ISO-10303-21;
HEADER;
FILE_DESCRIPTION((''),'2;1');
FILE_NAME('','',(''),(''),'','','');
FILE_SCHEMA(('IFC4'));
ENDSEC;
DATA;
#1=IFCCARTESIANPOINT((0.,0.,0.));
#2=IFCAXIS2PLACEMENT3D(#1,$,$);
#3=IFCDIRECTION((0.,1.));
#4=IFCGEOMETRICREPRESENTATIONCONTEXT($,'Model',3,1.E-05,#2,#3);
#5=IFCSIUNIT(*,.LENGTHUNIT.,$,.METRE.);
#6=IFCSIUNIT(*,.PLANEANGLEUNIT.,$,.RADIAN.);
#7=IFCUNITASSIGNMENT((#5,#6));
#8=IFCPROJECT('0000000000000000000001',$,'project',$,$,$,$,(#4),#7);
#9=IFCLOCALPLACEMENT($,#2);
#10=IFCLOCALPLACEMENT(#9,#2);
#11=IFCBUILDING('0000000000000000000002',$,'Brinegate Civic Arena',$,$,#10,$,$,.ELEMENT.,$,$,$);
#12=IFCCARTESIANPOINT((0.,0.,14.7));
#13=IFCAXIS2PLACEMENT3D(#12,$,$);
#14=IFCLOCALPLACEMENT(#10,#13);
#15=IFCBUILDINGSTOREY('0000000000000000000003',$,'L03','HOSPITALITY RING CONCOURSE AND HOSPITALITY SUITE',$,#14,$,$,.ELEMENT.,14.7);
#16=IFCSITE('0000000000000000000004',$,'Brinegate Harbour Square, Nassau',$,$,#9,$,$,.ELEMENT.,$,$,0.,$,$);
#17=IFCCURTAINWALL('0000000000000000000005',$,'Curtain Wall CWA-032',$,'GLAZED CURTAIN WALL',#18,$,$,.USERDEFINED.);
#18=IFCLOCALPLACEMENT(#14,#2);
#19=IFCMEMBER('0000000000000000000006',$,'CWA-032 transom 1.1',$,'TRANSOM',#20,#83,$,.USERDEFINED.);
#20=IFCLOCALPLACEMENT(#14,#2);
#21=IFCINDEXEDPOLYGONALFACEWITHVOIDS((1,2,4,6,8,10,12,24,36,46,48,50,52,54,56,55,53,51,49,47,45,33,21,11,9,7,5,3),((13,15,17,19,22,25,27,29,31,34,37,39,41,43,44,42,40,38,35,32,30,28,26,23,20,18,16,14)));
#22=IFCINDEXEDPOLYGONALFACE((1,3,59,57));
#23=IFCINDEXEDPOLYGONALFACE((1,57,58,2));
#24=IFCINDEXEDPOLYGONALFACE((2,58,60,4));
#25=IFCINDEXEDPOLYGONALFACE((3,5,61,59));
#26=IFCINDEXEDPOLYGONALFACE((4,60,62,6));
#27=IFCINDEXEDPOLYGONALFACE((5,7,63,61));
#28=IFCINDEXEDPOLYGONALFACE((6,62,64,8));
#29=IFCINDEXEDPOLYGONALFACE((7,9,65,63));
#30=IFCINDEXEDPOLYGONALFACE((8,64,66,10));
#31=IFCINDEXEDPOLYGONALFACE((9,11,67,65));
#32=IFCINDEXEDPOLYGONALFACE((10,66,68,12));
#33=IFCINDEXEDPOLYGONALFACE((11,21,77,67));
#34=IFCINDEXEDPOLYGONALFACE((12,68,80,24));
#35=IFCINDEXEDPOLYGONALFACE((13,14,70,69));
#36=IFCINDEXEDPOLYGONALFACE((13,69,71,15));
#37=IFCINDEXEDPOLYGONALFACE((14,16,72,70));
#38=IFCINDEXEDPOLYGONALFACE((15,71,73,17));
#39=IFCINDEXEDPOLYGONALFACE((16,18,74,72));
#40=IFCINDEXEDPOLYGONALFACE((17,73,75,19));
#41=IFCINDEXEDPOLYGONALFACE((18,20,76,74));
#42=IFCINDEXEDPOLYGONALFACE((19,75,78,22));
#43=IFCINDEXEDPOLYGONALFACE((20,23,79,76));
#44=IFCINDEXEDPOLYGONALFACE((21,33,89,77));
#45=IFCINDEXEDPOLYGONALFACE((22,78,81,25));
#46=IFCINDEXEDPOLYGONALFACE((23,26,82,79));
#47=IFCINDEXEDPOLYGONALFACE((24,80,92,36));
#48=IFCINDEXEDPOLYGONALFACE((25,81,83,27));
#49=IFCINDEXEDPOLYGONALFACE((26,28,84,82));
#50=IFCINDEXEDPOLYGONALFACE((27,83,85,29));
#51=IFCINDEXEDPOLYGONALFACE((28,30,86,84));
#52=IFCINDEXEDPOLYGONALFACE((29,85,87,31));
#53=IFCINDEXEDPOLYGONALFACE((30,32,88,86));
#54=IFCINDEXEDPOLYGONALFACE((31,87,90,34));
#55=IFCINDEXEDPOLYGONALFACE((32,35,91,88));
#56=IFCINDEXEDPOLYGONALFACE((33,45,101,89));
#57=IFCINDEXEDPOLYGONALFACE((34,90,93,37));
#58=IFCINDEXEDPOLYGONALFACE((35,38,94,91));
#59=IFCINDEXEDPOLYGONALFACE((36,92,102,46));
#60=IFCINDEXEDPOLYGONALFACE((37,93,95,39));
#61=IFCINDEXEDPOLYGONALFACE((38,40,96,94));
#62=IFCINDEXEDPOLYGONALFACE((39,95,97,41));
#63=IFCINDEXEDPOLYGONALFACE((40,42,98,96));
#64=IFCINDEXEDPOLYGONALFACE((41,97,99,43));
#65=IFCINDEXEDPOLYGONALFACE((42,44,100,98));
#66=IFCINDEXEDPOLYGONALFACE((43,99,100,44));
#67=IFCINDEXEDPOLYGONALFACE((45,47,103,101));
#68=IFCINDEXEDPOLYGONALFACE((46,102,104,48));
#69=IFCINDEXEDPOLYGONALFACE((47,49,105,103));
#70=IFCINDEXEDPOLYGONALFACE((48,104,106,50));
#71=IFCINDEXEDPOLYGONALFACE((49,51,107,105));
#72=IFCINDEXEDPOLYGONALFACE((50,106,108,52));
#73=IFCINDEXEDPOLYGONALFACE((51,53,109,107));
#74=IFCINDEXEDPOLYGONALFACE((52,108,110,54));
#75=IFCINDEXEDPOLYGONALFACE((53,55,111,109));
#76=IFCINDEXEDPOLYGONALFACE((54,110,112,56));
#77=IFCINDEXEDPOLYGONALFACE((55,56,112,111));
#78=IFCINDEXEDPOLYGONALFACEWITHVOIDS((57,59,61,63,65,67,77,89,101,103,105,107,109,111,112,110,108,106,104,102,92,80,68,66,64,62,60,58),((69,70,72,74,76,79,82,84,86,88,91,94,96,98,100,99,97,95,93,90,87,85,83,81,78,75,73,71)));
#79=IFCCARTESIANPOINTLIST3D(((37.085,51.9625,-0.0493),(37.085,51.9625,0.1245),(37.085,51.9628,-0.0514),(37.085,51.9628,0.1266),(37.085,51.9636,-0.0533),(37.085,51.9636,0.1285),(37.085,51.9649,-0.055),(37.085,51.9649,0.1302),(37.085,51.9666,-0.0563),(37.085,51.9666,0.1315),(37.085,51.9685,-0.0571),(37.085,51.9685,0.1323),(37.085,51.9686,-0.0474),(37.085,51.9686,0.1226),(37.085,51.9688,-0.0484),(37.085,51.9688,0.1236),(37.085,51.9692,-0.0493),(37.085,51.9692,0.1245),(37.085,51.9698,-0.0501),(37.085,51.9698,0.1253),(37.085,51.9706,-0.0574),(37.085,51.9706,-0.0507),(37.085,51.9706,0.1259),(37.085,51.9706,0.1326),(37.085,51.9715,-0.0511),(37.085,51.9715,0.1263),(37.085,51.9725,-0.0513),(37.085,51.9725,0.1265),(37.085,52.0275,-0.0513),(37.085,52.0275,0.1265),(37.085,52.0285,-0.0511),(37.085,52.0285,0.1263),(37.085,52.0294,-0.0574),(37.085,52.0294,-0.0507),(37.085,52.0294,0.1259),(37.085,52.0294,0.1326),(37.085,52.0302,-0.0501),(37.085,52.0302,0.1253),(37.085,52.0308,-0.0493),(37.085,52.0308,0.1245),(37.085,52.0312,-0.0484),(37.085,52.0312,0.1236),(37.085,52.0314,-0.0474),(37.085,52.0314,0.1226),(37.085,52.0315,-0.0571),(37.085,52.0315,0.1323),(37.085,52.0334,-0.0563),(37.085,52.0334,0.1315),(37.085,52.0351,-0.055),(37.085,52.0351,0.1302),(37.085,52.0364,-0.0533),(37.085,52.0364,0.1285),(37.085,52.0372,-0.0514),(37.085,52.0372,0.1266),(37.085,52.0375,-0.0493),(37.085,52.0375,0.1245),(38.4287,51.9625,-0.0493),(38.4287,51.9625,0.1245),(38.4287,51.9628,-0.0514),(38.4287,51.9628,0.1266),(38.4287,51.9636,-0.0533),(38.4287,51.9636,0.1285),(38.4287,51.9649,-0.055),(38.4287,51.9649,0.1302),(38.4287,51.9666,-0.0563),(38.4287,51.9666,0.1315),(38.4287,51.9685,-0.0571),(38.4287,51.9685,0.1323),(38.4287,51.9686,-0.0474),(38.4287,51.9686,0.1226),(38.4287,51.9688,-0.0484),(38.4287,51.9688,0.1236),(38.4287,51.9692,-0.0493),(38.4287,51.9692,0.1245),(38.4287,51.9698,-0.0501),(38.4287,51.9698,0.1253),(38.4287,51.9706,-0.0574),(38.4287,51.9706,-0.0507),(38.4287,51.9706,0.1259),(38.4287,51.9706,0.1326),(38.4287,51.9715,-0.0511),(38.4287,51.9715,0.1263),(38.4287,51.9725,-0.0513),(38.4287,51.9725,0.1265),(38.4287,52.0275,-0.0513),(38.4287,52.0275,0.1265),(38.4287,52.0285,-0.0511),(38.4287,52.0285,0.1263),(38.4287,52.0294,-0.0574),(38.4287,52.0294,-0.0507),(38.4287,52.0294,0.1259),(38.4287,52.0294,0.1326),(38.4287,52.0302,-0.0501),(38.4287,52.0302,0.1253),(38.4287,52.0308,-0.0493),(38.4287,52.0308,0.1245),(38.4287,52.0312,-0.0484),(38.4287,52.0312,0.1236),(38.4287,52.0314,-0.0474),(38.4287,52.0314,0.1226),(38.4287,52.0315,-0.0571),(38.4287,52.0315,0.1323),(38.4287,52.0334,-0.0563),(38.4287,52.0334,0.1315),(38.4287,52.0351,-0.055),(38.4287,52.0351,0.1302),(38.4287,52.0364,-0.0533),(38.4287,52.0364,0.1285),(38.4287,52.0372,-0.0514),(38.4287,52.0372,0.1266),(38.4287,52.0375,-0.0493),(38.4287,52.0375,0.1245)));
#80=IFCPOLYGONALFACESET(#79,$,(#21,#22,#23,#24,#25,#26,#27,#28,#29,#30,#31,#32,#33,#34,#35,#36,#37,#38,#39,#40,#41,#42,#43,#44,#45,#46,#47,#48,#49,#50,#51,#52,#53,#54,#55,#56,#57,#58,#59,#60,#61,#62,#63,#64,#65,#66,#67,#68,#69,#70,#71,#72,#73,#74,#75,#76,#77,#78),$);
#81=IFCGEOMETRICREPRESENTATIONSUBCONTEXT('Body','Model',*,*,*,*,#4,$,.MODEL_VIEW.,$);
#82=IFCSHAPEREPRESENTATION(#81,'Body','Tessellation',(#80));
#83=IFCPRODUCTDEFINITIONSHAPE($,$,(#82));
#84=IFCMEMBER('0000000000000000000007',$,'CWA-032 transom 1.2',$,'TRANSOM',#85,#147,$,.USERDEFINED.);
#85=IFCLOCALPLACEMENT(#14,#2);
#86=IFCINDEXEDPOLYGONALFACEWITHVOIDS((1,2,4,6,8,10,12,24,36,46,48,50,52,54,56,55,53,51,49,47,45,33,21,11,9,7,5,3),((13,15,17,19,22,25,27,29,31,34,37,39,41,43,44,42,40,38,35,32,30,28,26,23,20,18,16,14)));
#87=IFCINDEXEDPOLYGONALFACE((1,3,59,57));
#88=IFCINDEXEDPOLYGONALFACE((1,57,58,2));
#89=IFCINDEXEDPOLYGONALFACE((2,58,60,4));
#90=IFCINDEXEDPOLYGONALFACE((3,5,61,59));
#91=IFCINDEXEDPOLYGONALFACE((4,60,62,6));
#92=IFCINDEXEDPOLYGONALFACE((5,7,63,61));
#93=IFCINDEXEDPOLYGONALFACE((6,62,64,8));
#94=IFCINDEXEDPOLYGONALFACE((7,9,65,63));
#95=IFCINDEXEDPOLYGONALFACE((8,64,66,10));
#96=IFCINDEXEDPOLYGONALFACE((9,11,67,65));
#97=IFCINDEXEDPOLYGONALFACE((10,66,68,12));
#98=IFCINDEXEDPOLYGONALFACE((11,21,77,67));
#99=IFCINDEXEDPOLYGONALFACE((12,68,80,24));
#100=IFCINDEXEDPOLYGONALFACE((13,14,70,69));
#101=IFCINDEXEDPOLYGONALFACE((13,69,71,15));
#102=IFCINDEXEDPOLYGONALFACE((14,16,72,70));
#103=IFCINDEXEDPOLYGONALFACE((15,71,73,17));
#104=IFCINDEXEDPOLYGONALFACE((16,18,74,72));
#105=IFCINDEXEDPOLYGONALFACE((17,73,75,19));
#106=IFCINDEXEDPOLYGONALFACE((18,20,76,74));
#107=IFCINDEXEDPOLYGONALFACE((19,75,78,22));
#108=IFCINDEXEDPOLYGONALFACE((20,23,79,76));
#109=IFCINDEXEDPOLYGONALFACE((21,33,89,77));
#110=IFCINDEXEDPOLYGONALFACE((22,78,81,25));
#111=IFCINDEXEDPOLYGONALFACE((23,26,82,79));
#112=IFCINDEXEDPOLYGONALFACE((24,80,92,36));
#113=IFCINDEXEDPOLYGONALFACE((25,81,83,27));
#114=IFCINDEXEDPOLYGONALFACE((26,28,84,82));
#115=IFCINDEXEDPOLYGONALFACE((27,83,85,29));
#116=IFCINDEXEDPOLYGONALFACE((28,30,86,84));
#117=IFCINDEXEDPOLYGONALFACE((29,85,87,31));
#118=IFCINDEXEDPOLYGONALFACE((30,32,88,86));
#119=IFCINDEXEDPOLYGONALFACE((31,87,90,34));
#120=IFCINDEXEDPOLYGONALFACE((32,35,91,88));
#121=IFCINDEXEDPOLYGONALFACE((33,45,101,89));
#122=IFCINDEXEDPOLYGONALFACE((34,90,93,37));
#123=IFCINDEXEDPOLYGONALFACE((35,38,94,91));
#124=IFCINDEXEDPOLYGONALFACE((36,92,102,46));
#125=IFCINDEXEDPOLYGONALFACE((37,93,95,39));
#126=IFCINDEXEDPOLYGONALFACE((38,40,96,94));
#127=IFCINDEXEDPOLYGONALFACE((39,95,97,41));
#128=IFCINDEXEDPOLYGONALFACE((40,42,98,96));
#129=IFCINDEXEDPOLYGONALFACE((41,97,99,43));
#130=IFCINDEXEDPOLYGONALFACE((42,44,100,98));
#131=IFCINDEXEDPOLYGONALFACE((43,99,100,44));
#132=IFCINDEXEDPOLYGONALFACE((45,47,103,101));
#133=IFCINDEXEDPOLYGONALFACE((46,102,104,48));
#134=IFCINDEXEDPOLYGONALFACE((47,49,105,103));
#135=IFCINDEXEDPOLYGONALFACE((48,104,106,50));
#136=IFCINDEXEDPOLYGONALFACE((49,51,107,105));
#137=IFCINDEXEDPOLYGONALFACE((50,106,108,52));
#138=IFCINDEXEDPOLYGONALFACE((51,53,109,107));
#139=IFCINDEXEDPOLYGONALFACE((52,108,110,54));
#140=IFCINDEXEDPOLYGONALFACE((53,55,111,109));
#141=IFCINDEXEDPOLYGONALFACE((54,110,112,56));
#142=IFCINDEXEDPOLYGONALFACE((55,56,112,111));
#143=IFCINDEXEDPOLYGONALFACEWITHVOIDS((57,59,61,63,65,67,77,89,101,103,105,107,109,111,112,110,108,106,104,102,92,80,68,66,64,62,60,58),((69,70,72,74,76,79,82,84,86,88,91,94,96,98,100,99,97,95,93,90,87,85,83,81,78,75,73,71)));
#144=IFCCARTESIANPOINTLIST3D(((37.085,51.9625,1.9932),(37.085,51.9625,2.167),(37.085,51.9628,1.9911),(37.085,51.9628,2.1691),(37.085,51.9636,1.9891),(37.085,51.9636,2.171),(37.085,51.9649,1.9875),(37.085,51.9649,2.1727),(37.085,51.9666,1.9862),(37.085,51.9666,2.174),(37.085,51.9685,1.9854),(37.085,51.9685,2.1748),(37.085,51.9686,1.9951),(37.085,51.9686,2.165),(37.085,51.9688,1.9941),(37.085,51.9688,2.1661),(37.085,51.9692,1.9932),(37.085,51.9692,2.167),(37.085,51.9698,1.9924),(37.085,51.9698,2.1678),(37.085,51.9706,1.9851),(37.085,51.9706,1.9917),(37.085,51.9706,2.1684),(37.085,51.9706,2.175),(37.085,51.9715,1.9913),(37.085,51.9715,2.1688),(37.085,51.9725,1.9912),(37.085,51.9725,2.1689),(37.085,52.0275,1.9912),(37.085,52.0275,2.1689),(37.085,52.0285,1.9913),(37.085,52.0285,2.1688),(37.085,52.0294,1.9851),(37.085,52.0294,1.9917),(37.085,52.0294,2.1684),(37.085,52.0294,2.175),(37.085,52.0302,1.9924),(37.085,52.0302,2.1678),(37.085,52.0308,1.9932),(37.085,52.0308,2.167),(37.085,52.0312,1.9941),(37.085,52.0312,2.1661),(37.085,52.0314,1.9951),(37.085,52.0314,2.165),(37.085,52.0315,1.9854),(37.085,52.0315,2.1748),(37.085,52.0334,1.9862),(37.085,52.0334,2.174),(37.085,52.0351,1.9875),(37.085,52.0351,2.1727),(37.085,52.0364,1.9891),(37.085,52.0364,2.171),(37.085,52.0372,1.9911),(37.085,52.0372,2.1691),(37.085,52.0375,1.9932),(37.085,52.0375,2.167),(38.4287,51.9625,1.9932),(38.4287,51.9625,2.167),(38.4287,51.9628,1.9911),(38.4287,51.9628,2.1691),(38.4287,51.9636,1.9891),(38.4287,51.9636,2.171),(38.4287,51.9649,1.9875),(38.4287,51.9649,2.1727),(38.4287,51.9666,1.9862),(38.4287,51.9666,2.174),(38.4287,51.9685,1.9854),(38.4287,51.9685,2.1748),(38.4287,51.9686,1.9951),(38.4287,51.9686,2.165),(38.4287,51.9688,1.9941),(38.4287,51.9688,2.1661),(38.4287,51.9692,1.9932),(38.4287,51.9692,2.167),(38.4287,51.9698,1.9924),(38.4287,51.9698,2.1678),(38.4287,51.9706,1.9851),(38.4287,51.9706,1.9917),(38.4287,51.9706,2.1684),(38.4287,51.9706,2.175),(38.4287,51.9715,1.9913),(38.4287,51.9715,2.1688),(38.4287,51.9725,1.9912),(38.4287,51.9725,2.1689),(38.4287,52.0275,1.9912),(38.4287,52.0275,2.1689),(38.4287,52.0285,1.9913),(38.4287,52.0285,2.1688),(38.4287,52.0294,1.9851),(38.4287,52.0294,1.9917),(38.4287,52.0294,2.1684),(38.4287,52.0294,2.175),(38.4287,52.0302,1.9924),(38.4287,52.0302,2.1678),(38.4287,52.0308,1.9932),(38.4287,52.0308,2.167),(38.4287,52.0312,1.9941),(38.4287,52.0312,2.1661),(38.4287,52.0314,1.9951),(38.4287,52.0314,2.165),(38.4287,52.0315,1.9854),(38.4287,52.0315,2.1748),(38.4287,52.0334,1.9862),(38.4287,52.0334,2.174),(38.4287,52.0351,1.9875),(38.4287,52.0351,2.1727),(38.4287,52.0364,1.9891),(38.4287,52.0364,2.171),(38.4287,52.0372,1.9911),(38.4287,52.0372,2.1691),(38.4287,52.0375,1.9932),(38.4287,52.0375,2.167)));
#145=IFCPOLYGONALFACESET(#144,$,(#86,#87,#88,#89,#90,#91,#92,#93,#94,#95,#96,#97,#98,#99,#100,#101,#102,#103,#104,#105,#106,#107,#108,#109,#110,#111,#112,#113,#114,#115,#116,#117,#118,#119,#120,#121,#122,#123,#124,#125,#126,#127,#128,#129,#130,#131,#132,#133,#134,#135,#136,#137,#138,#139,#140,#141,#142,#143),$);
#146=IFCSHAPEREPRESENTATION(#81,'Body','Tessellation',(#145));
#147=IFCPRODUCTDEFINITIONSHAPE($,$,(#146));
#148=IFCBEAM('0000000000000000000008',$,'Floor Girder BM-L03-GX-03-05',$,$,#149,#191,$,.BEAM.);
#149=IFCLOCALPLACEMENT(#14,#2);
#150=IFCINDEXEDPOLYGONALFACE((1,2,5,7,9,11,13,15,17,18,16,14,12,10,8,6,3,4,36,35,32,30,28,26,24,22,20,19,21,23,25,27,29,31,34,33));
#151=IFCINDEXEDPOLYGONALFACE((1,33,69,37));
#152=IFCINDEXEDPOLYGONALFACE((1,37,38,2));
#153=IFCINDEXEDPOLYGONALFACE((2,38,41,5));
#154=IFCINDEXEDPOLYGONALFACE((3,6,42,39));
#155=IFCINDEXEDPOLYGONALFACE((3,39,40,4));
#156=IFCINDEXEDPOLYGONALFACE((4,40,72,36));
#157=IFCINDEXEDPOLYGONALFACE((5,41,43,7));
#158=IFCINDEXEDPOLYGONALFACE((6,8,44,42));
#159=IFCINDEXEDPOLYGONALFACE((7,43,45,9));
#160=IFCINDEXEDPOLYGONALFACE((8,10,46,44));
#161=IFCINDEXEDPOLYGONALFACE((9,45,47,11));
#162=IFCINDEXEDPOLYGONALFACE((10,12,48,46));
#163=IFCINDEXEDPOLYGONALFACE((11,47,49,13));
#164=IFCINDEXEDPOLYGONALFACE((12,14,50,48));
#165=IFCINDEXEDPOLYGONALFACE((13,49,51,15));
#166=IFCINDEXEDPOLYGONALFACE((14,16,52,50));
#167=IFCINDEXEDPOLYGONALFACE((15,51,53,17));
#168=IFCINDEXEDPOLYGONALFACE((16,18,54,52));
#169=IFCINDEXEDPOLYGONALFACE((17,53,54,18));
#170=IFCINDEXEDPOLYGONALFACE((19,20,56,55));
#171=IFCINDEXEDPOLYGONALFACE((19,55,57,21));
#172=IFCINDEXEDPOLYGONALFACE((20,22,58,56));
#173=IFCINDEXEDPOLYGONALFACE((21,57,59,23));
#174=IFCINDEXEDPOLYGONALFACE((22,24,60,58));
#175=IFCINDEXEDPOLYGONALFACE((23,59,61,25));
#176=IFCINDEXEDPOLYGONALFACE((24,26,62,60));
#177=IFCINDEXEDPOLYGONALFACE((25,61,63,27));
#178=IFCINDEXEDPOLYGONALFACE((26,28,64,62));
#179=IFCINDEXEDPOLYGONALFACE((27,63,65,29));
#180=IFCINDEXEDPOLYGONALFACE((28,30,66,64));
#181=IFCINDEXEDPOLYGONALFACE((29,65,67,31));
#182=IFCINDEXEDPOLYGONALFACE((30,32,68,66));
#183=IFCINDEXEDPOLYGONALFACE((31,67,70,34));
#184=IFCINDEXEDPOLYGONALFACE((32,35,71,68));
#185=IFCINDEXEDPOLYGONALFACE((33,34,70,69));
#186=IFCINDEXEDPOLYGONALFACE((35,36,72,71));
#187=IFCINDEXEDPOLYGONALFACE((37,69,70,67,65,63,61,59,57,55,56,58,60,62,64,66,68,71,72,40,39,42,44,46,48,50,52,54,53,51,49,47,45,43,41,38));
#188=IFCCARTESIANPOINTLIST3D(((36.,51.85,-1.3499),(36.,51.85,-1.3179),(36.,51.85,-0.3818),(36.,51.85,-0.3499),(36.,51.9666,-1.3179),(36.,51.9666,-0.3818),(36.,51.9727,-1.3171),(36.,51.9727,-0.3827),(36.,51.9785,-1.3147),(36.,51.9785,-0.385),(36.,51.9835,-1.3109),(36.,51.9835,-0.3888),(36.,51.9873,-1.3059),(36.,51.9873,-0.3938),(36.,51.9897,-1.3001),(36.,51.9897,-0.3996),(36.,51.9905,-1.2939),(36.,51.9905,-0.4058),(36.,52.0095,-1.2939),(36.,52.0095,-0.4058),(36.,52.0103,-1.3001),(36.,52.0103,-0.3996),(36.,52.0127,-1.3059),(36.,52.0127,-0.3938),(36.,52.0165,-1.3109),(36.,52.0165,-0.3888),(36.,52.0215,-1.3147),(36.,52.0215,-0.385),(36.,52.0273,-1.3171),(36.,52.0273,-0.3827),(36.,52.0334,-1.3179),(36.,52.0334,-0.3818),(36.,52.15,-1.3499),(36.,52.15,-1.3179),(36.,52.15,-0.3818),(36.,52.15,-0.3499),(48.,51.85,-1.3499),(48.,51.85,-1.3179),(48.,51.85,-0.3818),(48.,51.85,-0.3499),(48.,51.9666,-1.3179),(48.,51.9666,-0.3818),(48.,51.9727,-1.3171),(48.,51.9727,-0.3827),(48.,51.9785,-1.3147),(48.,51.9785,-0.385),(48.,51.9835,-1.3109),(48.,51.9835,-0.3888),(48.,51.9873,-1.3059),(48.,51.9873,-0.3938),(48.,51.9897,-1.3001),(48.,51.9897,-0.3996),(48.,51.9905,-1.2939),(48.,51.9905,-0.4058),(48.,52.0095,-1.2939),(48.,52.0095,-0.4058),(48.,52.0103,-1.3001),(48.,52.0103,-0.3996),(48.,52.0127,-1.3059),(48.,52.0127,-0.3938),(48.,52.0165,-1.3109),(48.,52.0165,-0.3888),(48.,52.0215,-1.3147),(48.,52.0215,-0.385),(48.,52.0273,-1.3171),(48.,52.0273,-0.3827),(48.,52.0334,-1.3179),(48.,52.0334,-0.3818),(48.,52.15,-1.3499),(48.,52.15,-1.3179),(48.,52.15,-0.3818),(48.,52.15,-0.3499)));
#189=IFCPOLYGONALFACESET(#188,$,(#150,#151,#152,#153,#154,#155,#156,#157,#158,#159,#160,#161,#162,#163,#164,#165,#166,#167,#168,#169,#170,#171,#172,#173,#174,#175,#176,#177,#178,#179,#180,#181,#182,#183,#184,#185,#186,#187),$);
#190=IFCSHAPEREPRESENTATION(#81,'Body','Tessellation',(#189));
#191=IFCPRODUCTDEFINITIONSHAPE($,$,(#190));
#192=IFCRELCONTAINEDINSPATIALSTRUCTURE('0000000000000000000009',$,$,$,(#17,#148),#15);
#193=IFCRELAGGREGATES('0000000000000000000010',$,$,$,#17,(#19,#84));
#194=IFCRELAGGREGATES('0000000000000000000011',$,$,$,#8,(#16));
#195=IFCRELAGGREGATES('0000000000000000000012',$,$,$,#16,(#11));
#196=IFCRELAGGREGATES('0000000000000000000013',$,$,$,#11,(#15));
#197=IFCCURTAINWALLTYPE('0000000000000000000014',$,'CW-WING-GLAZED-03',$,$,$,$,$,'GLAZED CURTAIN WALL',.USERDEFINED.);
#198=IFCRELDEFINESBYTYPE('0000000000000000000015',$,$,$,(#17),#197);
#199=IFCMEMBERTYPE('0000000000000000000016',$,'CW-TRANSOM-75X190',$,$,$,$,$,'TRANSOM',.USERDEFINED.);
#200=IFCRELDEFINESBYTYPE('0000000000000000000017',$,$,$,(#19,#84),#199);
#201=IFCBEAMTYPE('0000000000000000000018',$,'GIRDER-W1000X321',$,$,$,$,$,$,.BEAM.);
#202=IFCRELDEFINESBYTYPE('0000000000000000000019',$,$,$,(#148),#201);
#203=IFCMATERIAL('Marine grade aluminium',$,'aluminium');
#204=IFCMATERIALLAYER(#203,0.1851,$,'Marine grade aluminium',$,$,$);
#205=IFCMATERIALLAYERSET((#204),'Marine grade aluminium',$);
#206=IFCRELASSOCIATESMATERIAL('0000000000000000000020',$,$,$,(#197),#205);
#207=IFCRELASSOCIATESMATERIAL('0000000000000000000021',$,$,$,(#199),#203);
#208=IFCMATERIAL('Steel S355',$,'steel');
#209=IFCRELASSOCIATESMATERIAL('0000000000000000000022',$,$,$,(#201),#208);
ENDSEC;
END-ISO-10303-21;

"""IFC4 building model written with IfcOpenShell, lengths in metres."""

from ifc_helpers import new_model, si_unit, direction, frame, origin, origin_2d, place, context, subcontext, project, spatial, hollow_rectangle, i_section, extrude, material, layer, layer_set, material_profile, profile_set, type_object, element, aggregate, save


model = new_model("IFC4")

# Units and contexts
model_context = context("Model", 3, precision=1e-05, world=origin(), true_north=direction((0.0, 1.0)))
body_context = subcontext(model_context, "Body", "Model", "MODEL_VIEW")
ifc_project = project(units=[si_unit("LENGTHUNIT", "METRE"), si_unit("PLANEANGLEUNIT", "RADIAN")], contexts=[model_context])

# Site, building, storey
site_placement = place(None, origin())
site = spatial("IfcSite", under=ifc_project, at=site_placement, Name="Brinegate Harbour Square, Nassau", CompositionType="ELEMENT", RefElevation=0.0)
building_placement = place(site_placement, origin())
building = spatial("IfcBuilding", under=site, at=building_placement, Name="Brinegate Civic Arena", CompositionType="ELEMENT")
storey_placement = place(building_placement, frame((0.0, 0.0, 14.7)))
storey = spatial("IfcBuildingStorey", under=building, at=storey_placement, Name="L03", Description="HOSPITALITY RING CONCOURSE AND HOSPITALITY SUITE", CompositionType="ELEMENT", Elevation=14.7)

# Shared definitions
ifc_material_1 = material(Name="Marine grade aluminium", Category="aluminium")
ifc_layer_1 = layer(ifc_material_1, 0.1851, Name="Marine grade aluminium")
ifc_layer_set_1 = layer_set([ifc_layer_1], Name="Marine grade aluminium")
curtain_wall_type = type_object("IfcCurtainWallType", Name="CW-WING-GLAZED-03", ElementType="GLAZED CURTAIN WALL", PredefinedType="USERDEFINED", material=ifc_layer_set_1)

# Curtain wall
curtain_wall_1_placement = place(storey_placement, origin())
curtain_wall_1 = element("IfcCurtainWall", 1, at=curtain_wall_1_placement, inside=storey, type_object=curtain_wall_type, Name="Curtain Wall CWA-032", ObjectType="GLAZED CURTAIN WALL", PredefinedType="USERDEFINED")

# Members
ifc_material_profile_1 = material_profile(ifc_material_1, hollow_rectangle(XDim=0.075, YDim=0.1899, WallThickness=0.0061, InnerFilletRadius=0.0039, OuterFilletRadius=0.0081, at=origin_2d()), Name="TRN75X190")
ifc_profile_set_1 = profile_set([ifc_material_profile_1], Name="Marine grade aluminium")
member_type_1 = type_object("IfcMemberType", Name="CW-TRANSOM-75X190", ElementType="TRANSOM", PredefinedType="USERDEFINED", material=ifc_profile_set_1)
member_1_placement = place(storey_placement, frame((37.085, 52.0, 0.0376), z_axis=(1.0, 0.0, 0.0), x_axis=(0.0, 1.0, 0.0)))
member_1 = element("IfcMember", 2, at=member_1_placement, type_object=member_type_1, Name="CWA-032 transom 1.1", ObjectType="TRANSOM", PredefinedType="USERDEFINED", context=body_context, shape_type="SweptSolid", body=[
    extrude(hollow_rectangle(XDim=0.075, YDim=0.1899, WallThickness=0.0061, InnerFilletRadius=0.0039, OuterFilletRadius=0.0081, at=origin_2d()), origin(), (0.0, 0.0, 1.0), 1.3438),
])
member_2_placement = place(storey_placement, frame((37.085, 52.0, 2.0801), z_axis=(1.0, 0.0, 0.0), x_axis=(0.0, 1.0, 0.0)))
member_2 = element("IfcMember", 3, at=member_2_placement, type_object=member_type_1, Name="CWA-032 transom 1.2", ObjectType="TRANSOM", PredefinedType="USERDEFINED", context=body_context, shape_type="SweptSolid", body=[
    extrude(hollow_rectangle(XDim=0.075, YDim=0.1899, WallThickness=0.0061, InnerFilletRadius=0.0039, OuterFilletRadius=0.0081, at=origin_2d()), origin(), (0.0, 0.0, 1.0), 1.3438),
])
aggregate(curtain_wall_1, [member_1, member_2])

# Beam
ifc_material_2 = material(Name="Steel S355", Category="steel")
ifc_material_profile_2 = material_profile(ifc_material_2, i_section(OverallWidth=0.3, OverallDepth=1.0, WebThickness=0.019, FlangeThickness=0.032, FilletRadius=0.0239, at=origin_2d()), Name="W1000X321")
ifc_profile_set_2 = profile_set([ifc_material_profile_2], Name="Steel S355")
beam_type_1 = type_object("IfcBeamType", Name="GIRDER-W1000X321", PredefinedType="BEAM", material=ifc_profile_set_2)
beam_1_placement = place(storey_placement, frame((36.0, 52.0, -0.8499), z_axis=(1.0, 0.0, 0.0), x_axis=(0.0, 1.0, 0.0)))
element("IfcBeam", 4, at=beam_1_placement, inside=storey, type_object=beam_type_1, Name="Floor Girder BM-L03-GX-03-05", PredefinedType="BEAM", context=body_context, shape_type="SweptSolid", body=[
    extrude(i_section(OverallWidth=0.3, OverallDepth=1.0, WebThickness=0.019, FlangeThickness=0.032, FilletRadius=0.0239, at=origin_2d()), origin(), (0.0, 0.0, 1.0), 12.0),
])

save(model, "model.ifc")
